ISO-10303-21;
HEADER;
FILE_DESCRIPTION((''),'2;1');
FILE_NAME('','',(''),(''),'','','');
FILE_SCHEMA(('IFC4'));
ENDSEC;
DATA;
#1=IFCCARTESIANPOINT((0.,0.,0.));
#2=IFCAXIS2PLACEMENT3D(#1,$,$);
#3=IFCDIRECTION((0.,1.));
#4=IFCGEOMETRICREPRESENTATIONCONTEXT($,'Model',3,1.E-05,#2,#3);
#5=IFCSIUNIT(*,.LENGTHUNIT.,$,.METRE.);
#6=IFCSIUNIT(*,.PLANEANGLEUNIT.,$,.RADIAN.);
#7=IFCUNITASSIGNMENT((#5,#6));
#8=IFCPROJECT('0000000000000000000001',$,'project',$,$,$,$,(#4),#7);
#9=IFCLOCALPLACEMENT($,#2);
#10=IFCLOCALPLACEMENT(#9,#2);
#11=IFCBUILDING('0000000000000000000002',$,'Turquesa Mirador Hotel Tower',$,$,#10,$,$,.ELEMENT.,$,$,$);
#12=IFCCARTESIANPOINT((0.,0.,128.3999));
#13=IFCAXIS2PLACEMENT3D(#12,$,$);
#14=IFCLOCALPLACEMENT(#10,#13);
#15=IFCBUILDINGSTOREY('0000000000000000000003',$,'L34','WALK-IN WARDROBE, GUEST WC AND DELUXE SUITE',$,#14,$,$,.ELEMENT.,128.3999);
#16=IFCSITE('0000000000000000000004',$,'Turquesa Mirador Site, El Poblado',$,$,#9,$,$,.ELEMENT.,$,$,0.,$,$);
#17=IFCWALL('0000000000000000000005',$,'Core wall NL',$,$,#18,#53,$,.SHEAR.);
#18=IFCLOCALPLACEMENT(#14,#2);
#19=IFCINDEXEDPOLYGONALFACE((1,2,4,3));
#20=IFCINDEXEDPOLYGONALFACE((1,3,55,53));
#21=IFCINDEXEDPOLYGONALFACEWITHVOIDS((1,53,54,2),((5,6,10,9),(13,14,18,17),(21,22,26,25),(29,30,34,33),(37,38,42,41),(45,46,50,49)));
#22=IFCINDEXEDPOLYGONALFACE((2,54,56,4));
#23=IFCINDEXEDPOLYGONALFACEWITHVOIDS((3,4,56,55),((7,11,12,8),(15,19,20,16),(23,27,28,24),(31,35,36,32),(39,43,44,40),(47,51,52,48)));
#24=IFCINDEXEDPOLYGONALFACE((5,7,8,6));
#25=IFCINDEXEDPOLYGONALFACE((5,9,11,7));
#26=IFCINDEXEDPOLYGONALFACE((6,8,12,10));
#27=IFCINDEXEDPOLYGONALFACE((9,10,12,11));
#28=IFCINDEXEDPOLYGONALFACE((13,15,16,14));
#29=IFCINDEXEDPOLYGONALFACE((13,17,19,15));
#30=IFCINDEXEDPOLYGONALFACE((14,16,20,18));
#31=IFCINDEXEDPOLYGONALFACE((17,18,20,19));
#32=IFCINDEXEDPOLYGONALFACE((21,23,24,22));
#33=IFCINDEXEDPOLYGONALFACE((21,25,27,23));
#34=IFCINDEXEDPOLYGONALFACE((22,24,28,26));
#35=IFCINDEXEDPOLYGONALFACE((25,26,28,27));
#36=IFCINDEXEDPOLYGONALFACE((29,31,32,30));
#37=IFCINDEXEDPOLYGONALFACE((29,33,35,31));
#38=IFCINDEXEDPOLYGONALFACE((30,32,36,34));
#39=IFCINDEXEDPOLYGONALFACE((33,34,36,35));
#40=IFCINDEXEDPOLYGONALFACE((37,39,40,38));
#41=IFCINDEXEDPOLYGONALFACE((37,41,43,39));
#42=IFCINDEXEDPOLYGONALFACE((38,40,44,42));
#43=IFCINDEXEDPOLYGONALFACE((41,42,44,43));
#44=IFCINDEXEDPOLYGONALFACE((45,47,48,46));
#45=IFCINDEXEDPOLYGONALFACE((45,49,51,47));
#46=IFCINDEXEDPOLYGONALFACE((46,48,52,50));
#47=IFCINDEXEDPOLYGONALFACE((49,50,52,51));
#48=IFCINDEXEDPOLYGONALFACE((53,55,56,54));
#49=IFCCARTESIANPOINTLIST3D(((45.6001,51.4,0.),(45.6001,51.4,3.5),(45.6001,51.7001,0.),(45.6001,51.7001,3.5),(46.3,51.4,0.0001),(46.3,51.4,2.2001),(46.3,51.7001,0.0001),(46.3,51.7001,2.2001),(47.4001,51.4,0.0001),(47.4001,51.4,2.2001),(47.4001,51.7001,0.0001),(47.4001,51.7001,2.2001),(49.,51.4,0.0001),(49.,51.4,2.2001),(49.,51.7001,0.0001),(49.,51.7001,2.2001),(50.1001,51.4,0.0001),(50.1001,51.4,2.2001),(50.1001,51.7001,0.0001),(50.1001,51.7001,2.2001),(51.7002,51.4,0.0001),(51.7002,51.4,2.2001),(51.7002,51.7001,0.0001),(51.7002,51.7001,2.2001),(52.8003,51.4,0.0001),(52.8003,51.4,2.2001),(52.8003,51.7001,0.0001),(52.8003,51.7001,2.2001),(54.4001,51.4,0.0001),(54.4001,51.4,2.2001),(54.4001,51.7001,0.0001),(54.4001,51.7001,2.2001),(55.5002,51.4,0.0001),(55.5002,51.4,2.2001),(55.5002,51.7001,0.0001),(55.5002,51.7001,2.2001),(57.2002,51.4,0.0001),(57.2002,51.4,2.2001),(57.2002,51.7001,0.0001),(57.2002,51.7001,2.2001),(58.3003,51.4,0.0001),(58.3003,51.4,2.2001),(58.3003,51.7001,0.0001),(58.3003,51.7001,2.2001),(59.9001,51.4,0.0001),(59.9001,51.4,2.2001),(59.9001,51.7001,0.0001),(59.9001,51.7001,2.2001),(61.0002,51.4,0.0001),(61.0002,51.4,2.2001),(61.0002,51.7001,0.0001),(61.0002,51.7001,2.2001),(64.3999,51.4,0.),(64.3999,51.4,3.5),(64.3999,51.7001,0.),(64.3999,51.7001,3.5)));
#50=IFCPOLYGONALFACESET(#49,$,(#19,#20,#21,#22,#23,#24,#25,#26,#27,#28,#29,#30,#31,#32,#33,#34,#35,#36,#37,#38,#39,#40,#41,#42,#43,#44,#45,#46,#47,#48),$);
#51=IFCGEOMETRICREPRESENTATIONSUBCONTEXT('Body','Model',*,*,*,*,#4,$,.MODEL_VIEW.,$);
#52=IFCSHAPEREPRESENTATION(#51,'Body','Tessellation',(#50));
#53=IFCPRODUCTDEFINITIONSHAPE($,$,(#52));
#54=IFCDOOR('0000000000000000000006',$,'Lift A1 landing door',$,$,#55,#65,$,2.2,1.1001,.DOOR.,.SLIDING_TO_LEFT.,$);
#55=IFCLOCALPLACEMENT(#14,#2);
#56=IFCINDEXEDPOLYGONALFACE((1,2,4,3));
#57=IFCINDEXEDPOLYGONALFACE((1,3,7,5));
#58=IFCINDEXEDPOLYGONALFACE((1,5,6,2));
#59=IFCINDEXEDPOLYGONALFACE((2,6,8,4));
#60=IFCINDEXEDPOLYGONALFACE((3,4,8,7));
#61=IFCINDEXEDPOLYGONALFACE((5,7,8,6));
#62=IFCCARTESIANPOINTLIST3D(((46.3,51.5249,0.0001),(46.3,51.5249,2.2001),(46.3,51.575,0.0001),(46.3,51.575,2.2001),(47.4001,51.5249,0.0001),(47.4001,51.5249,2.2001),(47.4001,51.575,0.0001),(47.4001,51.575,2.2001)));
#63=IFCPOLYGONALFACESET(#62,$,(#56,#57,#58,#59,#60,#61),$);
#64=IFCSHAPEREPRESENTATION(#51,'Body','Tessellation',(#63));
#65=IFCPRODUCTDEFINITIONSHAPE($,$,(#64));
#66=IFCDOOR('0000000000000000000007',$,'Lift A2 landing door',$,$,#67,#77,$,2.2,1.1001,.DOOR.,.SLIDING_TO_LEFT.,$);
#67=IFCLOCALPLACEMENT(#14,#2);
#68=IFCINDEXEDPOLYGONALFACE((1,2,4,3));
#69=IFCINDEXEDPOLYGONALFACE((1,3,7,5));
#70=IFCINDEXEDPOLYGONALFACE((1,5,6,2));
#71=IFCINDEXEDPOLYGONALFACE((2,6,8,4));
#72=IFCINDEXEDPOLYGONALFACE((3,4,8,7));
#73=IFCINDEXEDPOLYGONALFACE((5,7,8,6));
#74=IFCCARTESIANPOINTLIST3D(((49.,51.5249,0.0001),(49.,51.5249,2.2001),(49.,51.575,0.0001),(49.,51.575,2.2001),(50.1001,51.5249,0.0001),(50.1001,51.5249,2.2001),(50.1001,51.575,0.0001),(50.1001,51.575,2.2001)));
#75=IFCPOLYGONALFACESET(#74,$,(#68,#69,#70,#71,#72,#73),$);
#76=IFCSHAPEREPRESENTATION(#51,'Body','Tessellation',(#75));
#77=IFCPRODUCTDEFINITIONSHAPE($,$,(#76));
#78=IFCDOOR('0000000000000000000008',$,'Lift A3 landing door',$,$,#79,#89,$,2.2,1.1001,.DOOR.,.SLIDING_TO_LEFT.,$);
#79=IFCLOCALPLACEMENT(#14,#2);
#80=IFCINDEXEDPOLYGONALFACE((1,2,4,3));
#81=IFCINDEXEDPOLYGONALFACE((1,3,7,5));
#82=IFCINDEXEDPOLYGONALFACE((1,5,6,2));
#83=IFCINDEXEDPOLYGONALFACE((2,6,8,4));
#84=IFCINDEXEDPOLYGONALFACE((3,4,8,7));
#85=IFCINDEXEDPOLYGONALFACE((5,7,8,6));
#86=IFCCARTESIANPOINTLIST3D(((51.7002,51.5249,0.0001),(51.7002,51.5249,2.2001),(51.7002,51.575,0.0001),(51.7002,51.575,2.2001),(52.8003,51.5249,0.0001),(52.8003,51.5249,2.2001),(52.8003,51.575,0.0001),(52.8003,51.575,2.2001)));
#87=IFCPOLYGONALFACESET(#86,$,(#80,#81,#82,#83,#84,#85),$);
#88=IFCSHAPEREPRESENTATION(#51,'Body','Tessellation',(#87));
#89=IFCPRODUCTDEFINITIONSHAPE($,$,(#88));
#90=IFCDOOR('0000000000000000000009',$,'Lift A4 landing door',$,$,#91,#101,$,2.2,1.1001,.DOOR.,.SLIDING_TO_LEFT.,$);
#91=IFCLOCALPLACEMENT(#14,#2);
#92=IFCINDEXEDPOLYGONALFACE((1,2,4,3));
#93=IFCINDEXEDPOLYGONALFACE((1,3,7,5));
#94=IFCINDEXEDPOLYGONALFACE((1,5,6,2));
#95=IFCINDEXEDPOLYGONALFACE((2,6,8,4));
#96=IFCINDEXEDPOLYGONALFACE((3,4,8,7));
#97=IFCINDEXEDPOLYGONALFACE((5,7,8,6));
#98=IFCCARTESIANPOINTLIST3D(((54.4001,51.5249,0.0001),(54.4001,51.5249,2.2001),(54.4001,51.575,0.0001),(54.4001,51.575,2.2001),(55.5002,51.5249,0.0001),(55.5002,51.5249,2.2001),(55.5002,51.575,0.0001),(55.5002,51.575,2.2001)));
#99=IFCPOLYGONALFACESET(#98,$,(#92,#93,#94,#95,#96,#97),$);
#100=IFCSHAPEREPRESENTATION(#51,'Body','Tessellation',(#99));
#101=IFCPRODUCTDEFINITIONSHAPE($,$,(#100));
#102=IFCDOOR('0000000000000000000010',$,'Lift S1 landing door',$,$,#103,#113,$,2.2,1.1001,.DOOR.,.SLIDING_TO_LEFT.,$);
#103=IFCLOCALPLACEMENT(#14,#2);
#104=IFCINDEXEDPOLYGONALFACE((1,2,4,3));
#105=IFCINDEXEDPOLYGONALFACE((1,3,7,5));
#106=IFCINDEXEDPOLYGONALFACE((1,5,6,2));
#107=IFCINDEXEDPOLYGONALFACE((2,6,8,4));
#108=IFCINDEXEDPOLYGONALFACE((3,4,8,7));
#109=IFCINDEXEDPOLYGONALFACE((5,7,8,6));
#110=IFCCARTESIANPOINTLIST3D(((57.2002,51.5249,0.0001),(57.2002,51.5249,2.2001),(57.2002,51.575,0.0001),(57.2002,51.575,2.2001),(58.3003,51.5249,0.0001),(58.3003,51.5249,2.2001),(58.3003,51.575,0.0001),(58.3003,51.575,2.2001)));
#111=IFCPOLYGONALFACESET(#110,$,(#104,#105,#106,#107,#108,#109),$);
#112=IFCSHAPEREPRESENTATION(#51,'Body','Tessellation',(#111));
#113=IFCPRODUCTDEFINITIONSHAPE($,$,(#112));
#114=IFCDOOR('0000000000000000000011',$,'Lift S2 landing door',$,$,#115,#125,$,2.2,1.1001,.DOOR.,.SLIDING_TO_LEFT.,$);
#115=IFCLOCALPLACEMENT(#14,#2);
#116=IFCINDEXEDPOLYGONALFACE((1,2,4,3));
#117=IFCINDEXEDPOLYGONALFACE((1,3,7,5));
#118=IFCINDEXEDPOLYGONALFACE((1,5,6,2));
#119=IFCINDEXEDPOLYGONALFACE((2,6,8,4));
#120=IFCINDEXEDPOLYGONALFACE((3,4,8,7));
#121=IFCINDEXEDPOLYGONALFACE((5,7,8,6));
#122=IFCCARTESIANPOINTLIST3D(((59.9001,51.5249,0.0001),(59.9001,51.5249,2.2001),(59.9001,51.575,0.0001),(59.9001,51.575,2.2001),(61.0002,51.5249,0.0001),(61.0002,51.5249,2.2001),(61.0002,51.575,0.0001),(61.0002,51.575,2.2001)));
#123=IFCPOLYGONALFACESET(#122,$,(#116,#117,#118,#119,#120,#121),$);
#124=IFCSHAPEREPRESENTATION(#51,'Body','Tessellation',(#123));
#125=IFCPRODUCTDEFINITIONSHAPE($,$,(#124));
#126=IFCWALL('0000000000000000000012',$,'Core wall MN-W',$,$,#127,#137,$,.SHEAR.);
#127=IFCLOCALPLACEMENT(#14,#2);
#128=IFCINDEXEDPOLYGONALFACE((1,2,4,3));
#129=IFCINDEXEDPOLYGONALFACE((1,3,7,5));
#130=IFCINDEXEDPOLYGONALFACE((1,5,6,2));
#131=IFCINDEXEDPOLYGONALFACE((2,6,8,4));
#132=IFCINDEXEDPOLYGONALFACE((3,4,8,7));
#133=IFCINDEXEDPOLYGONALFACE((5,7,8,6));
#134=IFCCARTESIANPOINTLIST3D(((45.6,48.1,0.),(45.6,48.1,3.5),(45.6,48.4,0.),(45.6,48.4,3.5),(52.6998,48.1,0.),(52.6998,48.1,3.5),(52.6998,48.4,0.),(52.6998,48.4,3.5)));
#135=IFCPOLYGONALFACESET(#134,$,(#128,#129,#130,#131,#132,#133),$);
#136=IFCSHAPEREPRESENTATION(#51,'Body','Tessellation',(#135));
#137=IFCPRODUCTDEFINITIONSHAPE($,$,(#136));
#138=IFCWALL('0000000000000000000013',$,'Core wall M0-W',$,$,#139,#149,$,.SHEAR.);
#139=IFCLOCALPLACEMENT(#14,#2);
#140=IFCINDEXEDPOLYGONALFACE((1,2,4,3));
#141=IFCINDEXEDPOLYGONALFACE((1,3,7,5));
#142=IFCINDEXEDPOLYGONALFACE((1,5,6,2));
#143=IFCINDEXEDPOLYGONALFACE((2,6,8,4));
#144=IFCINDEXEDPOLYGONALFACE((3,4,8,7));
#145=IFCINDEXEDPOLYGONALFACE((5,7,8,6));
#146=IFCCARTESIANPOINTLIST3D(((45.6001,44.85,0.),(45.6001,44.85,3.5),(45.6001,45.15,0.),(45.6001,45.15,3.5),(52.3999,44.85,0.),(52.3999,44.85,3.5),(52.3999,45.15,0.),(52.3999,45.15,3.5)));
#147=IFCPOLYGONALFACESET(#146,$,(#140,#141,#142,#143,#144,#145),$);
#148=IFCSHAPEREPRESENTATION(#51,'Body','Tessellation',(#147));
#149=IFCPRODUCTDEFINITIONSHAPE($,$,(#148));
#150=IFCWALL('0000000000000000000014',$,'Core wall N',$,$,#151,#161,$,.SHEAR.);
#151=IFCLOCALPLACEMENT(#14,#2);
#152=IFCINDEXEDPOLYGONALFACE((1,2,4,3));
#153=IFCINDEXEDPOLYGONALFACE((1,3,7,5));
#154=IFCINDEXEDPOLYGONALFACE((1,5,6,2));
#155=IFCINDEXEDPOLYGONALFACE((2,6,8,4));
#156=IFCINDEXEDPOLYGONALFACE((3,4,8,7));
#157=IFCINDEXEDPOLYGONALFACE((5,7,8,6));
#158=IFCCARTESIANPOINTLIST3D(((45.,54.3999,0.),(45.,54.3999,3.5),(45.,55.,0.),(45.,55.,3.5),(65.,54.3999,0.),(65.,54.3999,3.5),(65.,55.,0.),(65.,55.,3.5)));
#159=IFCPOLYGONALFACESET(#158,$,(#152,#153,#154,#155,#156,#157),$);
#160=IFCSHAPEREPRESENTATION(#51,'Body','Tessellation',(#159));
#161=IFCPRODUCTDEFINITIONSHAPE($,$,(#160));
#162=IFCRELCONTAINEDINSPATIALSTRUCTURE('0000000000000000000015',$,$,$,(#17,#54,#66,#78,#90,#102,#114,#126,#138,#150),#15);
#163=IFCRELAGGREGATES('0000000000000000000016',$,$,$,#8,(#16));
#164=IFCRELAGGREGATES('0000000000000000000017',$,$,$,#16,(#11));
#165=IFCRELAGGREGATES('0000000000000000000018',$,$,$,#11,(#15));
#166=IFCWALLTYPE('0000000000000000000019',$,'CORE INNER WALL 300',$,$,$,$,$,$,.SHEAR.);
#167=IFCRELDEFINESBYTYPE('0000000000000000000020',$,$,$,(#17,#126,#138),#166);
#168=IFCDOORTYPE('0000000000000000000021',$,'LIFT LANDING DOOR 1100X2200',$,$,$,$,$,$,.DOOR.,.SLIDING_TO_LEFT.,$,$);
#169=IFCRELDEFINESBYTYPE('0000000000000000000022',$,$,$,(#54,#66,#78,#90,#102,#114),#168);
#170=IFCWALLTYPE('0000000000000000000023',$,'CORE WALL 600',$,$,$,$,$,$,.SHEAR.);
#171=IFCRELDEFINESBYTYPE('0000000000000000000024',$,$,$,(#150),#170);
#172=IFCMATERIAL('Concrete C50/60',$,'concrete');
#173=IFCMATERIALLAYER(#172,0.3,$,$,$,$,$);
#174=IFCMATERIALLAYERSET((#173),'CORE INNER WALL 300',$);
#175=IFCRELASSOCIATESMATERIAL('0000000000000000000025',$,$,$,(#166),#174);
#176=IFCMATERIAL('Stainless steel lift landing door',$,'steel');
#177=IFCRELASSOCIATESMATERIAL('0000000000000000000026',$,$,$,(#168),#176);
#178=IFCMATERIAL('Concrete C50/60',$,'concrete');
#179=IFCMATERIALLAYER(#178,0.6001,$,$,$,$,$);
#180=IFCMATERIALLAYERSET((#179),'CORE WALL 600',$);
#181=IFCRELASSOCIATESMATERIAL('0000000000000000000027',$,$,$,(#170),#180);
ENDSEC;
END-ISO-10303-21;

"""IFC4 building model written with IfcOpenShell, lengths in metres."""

from ifc_helpers import new_model, si_unit, direction, frame, frame_2d, origin, place, context, subcontext, project, spatial, rectangle, extrude, material, layer, layer_set, type_object, element, fill, save


model = new_model("IFC4")

# Units and contexts
model_context = context("Model", 3, precision=1e-05, world=origin(), true_north=direction((0.0, 1.0)))
body_context = subcontext(model_context, "Body", "Model", "MODEL_VIEW")
ifc_project = project(units=[si_unit("LENGTHUNIT", "METRE"), si_unit("PLANEANGLEUNIT", "RADIAN")], contexts=[model_context])

# Site, building, storey
site_placement = place(None, origin())
site = spatial("IfcSite", under=ifc_project, at=site_placement, Name="Turquesa Mirador Site, El Poblado", CompositionType="ELEMENT", RefElevation=0.0)
building_placement = place(site_placement, origin())
building = spatial("IfcBuilding", under=site, at=building_placement, Name="Turquesa Mirador Hotel Tower", CompositionType="ELEMENT")
storey_placement = place(building_placement, frame((0.0, 0.0, 128.3999)))
storey = spatial("IfcBuildingStorey", under=building, at=storey_placement, Name="L34", Description="WALK-IN WARDROBE, GUEST WC AND DELUXE SUITE", CompositionType="ELEMENT", Elevation=128.3999)

# Wall, openings, doors
ifc_material_1 = material(Name="Concrete C50/60", Category="concrete")
ifc_layer_1 = layer(ifc_material_1, 0.3)
ifc_layer_set_1 = layer_set([ifc_layer_1], Name="CORE INNER WALL 300")
wall_type_1 = type_object("IfcWallType", Name="CORE INNER WALL 300", PredefinedType="SHEAR", material=ifc_layer_set_1)
wall_1_placement = place(storey_placement, frame((45.6001, 51.55, 0.0), z_axis=(0.0, 0.0, 1.0), x_axis=(1.0, 0.0, 0.0)))
wall_1 = element("IfcWall", 1, at=wall_1_placement, inside=storey, type_object=wall_type_1, Name="Core wall NL", PredefinedType="SHEAR", context=body_context, shape_type="SweptSolid", body=[
    extrude(rectangle(XDim=18.7998, YDim=0.3, at=frame_2d((9.3999, 0.0))), origin(), (0.0, 0.0, 1.0), 3.5),
])
opening_1_placement = place(wall_1_placement, frame((0.7, 0.0, 0.0)))
opening_1 = element("IfcOpeningElement", 2, at=opening_1_placement, cuts=wall_1, PredefinedType="OPENING", context=body_context, shape_type="SweptSolid", body=[
    extrude(rectangle(XDim=1.1001, YDim=2.2, at=frame_2d((0.55, 1.1001))), frame((0.0, 0.1599, 0.0), z_axis=(0.0, -1.0, 0.0), x_axis=(1.0, 0.0, 0.0)), (0.0, 0.0, 1.0), 0.3201),
])
opening_2_placement = place(wall_1_placement, frame((3.3999, 0.0, 0.0)))
opening_2 = element("IfcOpeningElement", 3, at=opening_2_placement, cuts=wall_1, PredefinedType="OPENING", context=body_context, shape_type="SweptSolid", body=[
    extrude(rectangle(XDim=1.1001, YDim=2.2, at=frame_2d((0.55, 1.1001))), frame((0.0, 0.1599, 0.0), z_axis=(0.0, -1.0, 0.0), x_axis=(1.0, 0.0, 0.0)), (0.0, 0.0, 1.0), 0.3201),
])
opening_3_placement = place(wall_1_placement, frame((6.1001, 0.0, 0.0)))
opening_3 = element("IfcOpeningElement", 4, at=opening_3_placement, cuts=wall_1, PredefinedType="OPENING", context=body_context, shape_type="SweptSolid", body=[
    extrude(rectangle(XDim=1.1001, YDim=2.2, at=frame_2d((0.55, 1.1001))), frame((0.0, 0.1599, 0.0), z_axis=(0.0, -1.0, 0.0), x_axis=(1.0, 0.0, 0.0)), (0.0, 0.0, 1.0), 0.3201),
])
opening_4_placement = place(wall_1_placement, frame((8.8, 0.0, 0.0)))
opening_4 = element("IfcOpeningElement", 5, at=opening_4_placement, cuts=wall_1, PredefinedType="OPENING", context=body_context, shape_type="SweptSolid", body=[
    extrude(rectangle(XDim=1.1001, YDim=2.2, at=frame_2d((0.55, 1.1001))), frame((0.0, 0.1599, 0.0), z_axis=(0.0, -1.0, 0.0), x_axis=(1.0, 0.0, 0.0)), (0.0, 0.0, 1.0), 0.3201),
])
opening_5_placement = place(wall_1_placement, frame((11.6001, 0.0, 0.0)))
opening_5 = element("IfcOpeningElement", 6, at=opening_5_placement, cuts=wall_1, PredefinedType="OPENING", context=body_context, shape_type="SweptSolid", body=[
    extrude(rectangle(XDim=1.1001, YDim=2.2, at=frame_2d((0.55, 1.1001))), frame((0.0, 0.1599, 0.0), z_axis=(0.0, -1.0, 0.0), x_axis=(1.0, 0.0, 0.0)), (0.0, 0.0, 1.0), 0.3201),
])
opening_6_placement = place(wall_1_placement, frame((14.3, 0.0, 0.0)))
opening_6 = element("IfcOpeningElement", 7, at=opening_6_placement, cuts=wall_1, PredefinedType="OPENING", context=body_context, shape_type="SweptSolid", body=[
    extrude(rectangle(XDim=1.1001, YDim=2.2, at=frame_2d((0.55, 1.1001))), frame((0.0, 0.1599, 0.0), z_axis=(0.0, -1.0, 0.0), x_axis=(1.0, 0.0, 0.0)), (0.0, 0.0, 1.0), 0.3201),
])
ifc_material_2 = material(Name="Stainless steel lift landing door", Category="steel")
door_type_1 = type_object("IfcDoorType", Name="LIFT LANDING DOOR 1100X2200", OperationType="SLIDING_TO_LEFT", PredefinedType="DOOR", material=ifc_material_2)
door_1_placement = place(opening_1_placement, origin())
door_1 = element("IfcDoor", 8, at=door_1_placement, inside=storey, type_object=door_type_1, Name="Lift A1 landing door", OperationType="SLIDING_TO_LEFT", OverallHeight=2.2, OverallWidth=1.1001, PredefinedType="DOOR", context=body_context, shape_type="SweptSolid", body=[
    extrude(rectangle(XDim=1.1001, YDim=2.2, at=frame_2d((0.55, 1.1001))), frame((0.0, 0.0249, 0.0), z_axis=(0.0, -1.0, 0.0), x_axis=(1.0, 0.0, 0.0)), (0.0, 0.0, 1.0), 0.05),
])
fill(opening_1, door_1)
door_2_placement = place(opening_2_placement, origin())
door_2 = element("IfcDoor", 9, at=door_2_placement, inside=storey, type_object=door_type_1, Name="Lift A2 landing door", OperationType="SLIDING_TO_LEFT", OverallHeight=2.2, OverallWidth=1.1001, PredefinedType="DOOR", context=body_context, shape_type="SweptSolid", body=[
    extrude(rectangle(XDim=1.1001, YDim=2.2, at=frame_2d((0.55, 1.1001))), frame((0.0, 0.0249, 0.0), z_axis=(0.0, -1.0, 0.0), x_axis=(1.0, 0.0, 0.0)), (0.0, 0.0, 1.0), 0.05),
])
fill(opening_2, door_2)
door_3_placement = place(opening_3_placement, origin())
door_3 = element("IfcDoor", 10, at=door_3_placement, inside=storey, type_object=door_type_1, Name="Lift A3 landing door", OperationType="SLIDING_TO_LEFT", OverallHeight=2.2, OverallWidth=1.1001, PredefinedType="DOOR", context=body_context, shape_type="SweptSolid", body=[
    extrude(rectangle(XDim=1.1001, YDim=2.2, at=frame_2d((0.55, 1.1001))), frame((0.0, 0.0249, 0.0), z_axis=(0.0, -1.0, 0.0), x_axis=(1.0, 0.0, 0.0)), (0.0, 0.0, 1.0), 0.05),
])
fill(opening_3, door_3)
door_4_placement = place(opening_4_placement, origin())
door_4 = element("IfcDoor", 11, at=door_4_placement, inside=storey, type_object=door_type_1, Name="Lift A4 landing door", OperationType="SLIDING_TO_LEFT", OverallHeight=2.2, OverallWidth=1.1001, PredefinedType="DOOR", context=body_context, shape_type="SweptSolid", body=[
    extrude(rectangle(XDim=1.1001, YDim=2.2, at=frame_2d((0.55, 1.1001))), frame((0.0, 0.0249, 0.0), z_axis=(0.0, -1.0, 0.0), x_axis=(1.0, 0.0, 0.0)), (0.0, 0.0, 1.0), 0.05),
])
fill(opening_4, door_4)
door_5_placement = place(opening_5_placement, origin())
door_5 = element("IfcDoor", 12, at=door_5_placement, inside=storey, type_object=door_type_1, Name="Lift S1 landing door", OperationType="SLIDING_TO_LEFT", OverallHeight=2.2, OverallWidth=1.1001, PredefinedType="DOOR", context=body_context, shape_type="SweptSolid", body=[
    extrude(rectangle(XDim=1.1001, YDim=2.2, at=frame_2d((0.55, 1.1001))), frame((0.0, 0.0249, 0.0), z_axis=(0.0, -1.0, 0.0), x_axis=(1.0, 0.0, 0.0)), (0.0, 0.0, 1.0), 0.05),
])
fill(opening_5, door_5)
door_6_placement = place(opening_6_placement, origin())
door_6 = element("IfcDoor", 13, at=door_6_placement, inside=storey, type_object=door_type_1, Name="Lift S2 landing door", OperationType="SLIDING_TO_LEFT", OverallHeight=2.2, OverallWidth=1.1001, PredefinedType="DOOR", context=body_context, shape_type="SweptSolid", body=[
    extrude(rectangle(XDim=1.1001, YDim=2.2, at=frame_2d((0.55, 1.1001))), frame((0.0, 0.0249, 0.0), z_axis=(0.0, -1.0, 0.0), x_axis=(1.0, 0.0, 0.0)), (0.0, 0.0, 1.0), 0.05),
])
fill(opening_6, door_6)

# Walls
wall_2_placement = place(storey_placement, frame((45.6001, 48.25, 0.0), z_axis=(0.0, 0.0, 1.0), x_axis=(1.0, 0.0, 0.0)))
element("IfcWall", 14, at=wall_2_placement, inside=storey, type_object=wall_type_1, Name="Core wall MN-W", PredefinedType="SHEAR", context=body_context, shape_type="SweptSolid", body=[
    extrude(rectangle(XDim=7.0999, YDim=0.3, at=frame_2d((3.5498, 0.0))), origin(), (0.0, 0.0, 1.0), 3.5),
])
wall_3_placement = place(storey_placement, frame((45.6001, 45.0, 0.0), z_axis=(0.0, 0.0, 1.0), x_axis=(1.0, 0.0, 0.0)))
element("IfcWall", 15, at=wall_3_placement, inside=storey, type_object=wall_type_1, Name="Core wall M0-W", PredefinedType="SHEAR", context=body_context, shape_type="SweptSolid", body=[
    extrude(rectangle(XDim=6.7998, YDim=0.3, at=frame_2d((3.3999, 0.0))), origin(), (0.0, 0.0, 1.0), 3.5),
])
ifc_material_3 = material(Name="Concrete C50/60", Category="concrete")
ifc_layer_2 = layer(ifc_material_3, 0.6001)
ifc_layer_set_2 = layer_set([ifc_layer_2], Name="CORE WALL 600")
wall_type_2 = type_object("IfcWallType", Name="CORE WALL 600", PredefinedType="SHEAR", material=ifc_layer_set_2)
wall_4_placement = place(storey_placement, frame((45.0, 54.7, 0.0), z_axis=(0.0, 0.0, 1.0), x_axis=(1.0, 0.0, 0.0)))
element("IfcWall", 16, at=wall_4_placement, inside=storey, type_object=wall_type_2, Name="Core wall N", PredefinedType="SHEAR", context=body_context, shape_type="SweptSolid", body=[
    extrude(rectangle(XDim=20.0, YDim=0.6001, at=frame_2d((10.0, 0.0))), origin(), (0.0, 0.0, 1.0), 3.5),
])

save(model, "model.ifc")
